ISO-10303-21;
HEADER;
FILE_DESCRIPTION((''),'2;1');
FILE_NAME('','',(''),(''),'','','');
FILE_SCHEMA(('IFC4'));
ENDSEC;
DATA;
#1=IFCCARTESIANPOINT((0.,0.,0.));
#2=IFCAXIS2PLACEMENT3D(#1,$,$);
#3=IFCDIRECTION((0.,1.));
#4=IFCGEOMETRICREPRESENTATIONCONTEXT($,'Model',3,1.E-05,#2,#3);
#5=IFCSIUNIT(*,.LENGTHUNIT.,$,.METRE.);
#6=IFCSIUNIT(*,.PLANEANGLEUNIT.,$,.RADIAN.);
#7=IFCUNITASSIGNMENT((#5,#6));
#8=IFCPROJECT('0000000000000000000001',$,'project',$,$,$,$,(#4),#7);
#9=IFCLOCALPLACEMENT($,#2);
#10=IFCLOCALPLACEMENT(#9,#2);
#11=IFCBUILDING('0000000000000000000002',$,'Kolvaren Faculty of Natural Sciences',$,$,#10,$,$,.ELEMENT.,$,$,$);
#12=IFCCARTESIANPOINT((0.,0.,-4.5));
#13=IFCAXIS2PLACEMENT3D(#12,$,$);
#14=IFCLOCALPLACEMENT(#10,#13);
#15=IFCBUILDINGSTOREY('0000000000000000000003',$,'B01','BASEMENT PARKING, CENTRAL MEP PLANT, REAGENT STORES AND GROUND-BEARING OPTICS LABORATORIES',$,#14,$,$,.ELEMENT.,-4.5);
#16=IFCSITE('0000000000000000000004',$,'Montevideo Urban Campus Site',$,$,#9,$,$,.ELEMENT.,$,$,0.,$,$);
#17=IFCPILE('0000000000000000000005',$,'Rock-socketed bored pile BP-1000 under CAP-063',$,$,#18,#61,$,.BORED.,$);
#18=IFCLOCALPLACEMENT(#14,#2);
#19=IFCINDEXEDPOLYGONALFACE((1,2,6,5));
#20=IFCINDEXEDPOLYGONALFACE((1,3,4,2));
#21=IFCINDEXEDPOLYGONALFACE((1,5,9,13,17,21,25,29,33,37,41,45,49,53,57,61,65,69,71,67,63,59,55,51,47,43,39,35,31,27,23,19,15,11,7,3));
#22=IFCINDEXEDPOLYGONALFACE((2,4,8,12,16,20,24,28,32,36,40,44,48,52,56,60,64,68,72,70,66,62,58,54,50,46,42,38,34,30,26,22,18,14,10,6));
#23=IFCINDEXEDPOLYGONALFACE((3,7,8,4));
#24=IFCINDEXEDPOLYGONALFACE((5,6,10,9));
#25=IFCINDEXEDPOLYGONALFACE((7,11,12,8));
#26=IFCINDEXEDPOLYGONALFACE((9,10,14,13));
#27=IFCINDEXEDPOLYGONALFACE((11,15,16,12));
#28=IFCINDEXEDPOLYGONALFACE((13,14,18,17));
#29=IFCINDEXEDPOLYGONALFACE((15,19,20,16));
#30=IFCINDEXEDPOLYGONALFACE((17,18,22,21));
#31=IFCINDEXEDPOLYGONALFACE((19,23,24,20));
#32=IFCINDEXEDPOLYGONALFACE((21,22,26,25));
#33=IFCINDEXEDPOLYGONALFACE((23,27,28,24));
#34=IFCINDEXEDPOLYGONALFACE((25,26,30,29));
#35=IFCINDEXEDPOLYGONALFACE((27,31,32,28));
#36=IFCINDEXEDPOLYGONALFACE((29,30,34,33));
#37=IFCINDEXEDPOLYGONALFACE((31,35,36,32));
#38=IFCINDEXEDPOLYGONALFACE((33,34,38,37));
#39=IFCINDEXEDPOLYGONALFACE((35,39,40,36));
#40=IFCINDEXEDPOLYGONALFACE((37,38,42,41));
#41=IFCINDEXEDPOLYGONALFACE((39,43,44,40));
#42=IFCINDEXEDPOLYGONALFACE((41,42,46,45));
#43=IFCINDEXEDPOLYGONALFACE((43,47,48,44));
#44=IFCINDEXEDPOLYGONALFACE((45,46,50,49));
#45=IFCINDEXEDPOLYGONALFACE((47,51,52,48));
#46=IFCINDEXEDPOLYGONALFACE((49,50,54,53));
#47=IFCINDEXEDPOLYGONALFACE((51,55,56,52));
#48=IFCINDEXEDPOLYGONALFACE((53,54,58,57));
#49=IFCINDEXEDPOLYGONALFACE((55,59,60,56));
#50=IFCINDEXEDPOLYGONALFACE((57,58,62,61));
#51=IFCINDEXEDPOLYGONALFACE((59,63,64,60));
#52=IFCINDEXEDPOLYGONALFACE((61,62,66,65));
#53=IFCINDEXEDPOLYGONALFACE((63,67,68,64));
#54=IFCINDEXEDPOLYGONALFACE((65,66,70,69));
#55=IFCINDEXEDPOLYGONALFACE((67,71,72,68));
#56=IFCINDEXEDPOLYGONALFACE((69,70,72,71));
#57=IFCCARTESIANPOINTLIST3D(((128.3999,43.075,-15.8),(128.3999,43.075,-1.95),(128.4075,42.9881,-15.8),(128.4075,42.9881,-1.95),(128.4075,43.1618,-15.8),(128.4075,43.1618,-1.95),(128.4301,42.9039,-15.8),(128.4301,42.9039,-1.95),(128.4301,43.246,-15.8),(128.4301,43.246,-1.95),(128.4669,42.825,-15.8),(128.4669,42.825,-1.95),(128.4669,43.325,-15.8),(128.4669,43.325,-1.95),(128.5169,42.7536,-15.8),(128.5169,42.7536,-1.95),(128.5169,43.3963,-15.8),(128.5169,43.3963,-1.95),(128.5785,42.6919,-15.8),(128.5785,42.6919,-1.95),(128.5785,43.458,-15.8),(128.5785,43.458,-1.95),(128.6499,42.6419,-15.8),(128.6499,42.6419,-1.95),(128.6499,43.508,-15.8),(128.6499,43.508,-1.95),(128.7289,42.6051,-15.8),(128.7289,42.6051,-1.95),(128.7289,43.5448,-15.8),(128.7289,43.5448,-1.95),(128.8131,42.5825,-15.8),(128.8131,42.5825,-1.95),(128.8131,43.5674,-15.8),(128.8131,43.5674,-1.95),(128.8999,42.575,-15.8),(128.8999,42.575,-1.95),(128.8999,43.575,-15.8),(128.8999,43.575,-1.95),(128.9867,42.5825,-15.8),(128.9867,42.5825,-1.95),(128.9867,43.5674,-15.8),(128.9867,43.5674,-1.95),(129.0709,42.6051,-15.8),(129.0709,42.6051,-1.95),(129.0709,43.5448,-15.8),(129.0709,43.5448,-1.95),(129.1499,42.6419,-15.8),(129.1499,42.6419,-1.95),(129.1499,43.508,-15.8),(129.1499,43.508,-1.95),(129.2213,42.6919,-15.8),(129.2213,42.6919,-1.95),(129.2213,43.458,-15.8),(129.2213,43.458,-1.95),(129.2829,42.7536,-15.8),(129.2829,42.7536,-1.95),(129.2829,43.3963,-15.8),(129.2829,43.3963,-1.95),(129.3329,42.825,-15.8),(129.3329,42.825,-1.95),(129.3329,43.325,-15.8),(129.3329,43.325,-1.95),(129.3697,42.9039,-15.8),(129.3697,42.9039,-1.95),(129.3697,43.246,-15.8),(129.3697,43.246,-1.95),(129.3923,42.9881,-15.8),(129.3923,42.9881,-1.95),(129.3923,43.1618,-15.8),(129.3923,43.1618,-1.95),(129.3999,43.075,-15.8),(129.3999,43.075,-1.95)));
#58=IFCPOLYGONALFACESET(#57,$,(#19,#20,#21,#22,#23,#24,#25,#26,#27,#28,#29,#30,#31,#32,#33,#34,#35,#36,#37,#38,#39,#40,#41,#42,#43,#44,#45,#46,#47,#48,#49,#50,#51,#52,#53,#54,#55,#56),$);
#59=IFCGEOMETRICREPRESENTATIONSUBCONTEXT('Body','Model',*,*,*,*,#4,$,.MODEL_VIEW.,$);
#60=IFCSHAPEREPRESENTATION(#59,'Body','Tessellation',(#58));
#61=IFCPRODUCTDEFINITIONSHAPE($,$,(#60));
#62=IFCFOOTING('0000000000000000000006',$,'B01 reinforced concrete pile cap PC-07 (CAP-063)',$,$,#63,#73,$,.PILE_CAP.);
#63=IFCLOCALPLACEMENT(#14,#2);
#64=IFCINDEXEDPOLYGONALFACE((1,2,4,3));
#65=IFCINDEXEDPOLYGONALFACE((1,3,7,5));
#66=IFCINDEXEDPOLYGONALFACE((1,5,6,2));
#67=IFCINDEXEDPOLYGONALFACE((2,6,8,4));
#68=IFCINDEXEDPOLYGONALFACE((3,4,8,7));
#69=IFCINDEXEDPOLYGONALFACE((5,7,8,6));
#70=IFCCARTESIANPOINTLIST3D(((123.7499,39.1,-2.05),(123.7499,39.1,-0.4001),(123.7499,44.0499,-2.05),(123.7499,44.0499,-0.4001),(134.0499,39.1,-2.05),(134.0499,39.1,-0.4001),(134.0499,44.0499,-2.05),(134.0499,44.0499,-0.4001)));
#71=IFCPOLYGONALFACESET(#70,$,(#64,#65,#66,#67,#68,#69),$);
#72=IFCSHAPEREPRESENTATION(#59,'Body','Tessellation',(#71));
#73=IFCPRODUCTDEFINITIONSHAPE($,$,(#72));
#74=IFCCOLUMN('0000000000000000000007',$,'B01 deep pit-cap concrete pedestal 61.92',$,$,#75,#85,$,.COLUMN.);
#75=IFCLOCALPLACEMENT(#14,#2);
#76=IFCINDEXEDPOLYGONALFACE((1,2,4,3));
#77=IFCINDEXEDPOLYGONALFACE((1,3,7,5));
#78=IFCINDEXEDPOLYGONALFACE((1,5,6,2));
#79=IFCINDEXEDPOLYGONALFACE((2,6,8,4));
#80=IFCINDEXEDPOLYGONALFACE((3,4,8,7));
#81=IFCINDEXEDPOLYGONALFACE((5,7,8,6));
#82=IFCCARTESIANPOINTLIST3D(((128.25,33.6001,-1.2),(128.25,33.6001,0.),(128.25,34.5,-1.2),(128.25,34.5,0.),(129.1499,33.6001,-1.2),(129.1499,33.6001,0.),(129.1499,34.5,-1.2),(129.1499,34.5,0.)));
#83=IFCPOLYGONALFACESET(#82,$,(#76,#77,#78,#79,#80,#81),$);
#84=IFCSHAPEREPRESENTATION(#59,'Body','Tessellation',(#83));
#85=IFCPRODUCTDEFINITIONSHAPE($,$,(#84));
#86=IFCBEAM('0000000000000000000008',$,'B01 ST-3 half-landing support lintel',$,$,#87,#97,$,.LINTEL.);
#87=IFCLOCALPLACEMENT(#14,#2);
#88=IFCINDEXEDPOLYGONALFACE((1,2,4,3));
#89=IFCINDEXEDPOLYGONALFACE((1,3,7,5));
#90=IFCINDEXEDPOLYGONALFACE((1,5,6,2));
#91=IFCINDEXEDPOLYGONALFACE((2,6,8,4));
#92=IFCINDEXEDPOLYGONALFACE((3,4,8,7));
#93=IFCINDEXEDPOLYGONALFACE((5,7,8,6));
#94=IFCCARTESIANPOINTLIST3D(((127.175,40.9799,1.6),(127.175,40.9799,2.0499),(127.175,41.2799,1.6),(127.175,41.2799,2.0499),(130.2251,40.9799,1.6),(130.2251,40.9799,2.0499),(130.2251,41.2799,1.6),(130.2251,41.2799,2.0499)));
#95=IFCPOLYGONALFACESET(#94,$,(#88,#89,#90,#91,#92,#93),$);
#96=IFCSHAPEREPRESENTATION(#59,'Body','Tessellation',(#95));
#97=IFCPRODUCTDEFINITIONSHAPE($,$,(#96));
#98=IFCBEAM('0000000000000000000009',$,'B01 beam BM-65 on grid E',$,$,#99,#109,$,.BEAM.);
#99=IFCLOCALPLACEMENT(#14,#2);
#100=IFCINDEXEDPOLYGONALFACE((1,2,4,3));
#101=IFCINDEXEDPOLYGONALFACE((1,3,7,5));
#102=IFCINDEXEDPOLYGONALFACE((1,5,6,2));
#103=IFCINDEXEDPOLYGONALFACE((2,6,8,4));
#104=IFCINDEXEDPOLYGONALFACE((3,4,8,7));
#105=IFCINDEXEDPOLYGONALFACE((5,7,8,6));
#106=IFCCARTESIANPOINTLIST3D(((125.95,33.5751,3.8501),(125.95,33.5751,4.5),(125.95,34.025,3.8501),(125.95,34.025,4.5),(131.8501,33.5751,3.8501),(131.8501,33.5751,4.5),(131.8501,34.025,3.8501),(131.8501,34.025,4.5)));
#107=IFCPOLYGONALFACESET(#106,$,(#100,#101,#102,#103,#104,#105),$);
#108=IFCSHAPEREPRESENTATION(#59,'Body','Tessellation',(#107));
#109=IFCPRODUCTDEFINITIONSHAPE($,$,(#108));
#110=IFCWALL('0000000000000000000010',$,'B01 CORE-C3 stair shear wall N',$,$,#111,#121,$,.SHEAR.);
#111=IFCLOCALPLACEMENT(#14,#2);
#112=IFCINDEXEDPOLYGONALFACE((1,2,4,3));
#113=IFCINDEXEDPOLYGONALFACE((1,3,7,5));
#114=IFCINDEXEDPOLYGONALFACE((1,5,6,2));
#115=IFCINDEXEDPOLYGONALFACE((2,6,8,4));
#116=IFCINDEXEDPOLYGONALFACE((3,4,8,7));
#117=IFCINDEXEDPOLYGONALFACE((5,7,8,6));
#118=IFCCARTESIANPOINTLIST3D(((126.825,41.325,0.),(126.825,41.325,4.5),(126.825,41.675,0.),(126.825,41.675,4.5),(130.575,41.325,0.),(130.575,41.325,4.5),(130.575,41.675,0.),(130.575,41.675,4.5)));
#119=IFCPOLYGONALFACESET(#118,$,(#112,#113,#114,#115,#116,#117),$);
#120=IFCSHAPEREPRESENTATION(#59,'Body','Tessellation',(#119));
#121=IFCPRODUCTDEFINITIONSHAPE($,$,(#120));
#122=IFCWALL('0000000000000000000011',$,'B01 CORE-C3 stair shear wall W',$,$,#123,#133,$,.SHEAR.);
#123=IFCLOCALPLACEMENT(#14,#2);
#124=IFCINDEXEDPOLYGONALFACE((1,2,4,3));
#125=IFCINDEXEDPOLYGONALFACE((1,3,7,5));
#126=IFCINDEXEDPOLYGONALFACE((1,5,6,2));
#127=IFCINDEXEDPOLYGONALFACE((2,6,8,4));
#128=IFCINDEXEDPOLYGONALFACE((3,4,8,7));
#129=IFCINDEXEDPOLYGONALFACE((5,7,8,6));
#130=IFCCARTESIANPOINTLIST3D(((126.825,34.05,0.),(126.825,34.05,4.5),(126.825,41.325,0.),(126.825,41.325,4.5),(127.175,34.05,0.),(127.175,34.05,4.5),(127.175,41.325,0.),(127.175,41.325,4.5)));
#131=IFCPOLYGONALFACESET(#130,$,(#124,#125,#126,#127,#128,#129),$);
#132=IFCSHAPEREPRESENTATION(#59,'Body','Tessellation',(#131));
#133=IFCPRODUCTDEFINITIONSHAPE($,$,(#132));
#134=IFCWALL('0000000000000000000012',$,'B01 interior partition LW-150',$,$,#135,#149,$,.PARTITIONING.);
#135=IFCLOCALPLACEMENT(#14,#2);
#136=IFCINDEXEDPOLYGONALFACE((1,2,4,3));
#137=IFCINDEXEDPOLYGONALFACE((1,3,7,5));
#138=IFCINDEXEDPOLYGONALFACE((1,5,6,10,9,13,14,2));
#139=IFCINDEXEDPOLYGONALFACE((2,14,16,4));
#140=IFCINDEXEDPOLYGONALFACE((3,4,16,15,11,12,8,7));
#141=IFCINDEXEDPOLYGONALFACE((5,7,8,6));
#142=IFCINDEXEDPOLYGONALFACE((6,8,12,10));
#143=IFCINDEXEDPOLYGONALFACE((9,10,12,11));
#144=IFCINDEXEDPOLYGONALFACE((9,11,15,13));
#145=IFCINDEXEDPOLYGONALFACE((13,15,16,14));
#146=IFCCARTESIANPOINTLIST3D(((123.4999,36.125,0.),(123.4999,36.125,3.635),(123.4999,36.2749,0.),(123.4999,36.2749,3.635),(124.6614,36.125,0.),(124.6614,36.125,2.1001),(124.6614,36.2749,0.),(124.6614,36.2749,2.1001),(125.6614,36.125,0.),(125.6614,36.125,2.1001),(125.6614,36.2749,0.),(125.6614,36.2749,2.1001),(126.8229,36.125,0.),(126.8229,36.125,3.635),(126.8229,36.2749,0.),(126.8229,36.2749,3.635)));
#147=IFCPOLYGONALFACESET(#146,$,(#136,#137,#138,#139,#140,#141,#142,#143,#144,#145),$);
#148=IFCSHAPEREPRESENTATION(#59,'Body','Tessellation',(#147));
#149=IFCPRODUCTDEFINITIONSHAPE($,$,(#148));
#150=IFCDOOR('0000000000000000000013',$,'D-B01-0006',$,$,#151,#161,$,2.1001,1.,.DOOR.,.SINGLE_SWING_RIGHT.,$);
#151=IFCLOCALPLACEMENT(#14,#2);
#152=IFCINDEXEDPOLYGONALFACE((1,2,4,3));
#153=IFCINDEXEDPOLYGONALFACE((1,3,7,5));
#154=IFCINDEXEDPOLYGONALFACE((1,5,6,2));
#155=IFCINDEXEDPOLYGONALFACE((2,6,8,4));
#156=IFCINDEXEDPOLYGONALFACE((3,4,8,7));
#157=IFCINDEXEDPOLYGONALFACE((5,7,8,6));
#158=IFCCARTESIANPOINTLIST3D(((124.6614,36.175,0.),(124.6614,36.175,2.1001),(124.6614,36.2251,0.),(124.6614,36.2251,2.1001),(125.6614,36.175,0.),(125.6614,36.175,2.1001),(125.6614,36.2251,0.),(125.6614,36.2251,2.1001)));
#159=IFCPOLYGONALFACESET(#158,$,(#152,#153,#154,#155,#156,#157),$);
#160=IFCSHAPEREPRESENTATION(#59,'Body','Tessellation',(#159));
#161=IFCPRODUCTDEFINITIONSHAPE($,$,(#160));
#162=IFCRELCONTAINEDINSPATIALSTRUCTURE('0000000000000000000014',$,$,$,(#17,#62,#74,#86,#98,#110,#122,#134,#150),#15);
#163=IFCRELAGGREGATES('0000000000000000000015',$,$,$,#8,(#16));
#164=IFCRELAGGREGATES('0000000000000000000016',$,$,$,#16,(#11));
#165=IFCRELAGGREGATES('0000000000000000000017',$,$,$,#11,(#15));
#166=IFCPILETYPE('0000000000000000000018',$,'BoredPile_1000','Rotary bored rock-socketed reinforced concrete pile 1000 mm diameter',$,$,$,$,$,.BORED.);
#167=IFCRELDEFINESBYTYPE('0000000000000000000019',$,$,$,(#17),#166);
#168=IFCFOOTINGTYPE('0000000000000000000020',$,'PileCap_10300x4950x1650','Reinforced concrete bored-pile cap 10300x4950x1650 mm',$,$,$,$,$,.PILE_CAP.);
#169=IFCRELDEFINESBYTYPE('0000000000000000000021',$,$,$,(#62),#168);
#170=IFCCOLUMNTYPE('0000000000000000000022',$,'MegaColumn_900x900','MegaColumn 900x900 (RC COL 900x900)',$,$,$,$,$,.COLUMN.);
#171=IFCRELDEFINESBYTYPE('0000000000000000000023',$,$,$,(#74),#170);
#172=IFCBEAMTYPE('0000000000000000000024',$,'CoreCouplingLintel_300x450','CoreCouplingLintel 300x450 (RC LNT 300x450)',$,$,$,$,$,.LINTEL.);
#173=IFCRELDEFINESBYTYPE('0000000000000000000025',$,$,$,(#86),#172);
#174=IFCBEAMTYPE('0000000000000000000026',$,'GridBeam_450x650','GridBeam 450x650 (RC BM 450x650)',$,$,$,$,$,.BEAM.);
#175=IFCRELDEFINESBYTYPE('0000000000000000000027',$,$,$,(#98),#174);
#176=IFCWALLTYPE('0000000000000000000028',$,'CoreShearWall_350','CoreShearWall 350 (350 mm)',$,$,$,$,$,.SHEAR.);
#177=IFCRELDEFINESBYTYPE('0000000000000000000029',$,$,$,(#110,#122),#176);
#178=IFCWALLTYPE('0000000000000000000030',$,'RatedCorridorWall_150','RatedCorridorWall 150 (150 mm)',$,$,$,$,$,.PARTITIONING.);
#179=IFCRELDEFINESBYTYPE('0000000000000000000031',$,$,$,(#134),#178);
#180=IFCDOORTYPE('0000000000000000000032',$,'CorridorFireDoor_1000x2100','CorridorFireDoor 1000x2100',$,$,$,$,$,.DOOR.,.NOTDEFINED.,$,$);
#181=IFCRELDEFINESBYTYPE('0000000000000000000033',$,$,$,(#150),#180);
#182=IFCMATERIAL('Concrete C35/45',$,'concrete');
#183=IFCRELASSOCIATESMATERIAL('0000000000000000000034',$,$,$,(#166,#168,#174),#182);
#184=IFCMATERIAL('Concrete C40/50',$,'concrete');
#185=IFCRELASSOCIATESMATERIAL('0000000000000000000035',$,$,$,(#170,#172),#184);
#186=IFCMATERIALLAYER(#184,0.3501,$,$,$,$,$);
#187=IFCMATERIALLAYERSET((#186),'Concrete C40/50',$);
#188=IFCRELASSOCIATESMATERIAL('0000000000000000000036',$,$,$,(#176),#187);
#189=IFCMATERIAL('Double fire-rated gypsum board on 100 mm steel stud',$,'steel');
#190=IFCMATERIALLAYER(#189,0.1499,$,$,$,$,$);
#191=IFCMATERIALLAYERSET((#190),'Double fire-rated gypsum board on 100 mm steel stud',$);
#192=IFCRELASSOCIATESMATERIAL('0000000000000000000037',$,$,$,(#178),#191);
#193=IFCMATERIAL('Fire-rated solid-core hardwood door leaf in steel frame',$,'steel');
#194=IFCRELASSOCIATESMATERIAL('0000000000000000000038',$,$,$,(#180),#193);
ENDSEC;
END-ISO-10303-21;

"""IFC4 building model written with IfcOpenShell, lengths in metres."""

from ifc_helpers import new_model, si_unit, direction, frame, frame_2d, origin, origin_2d, place, context, subcontext, project, spatial, rectangle, circle, extrude, material, layer, layer_set, material_profile, profile_set, type_object, element, fill, save


model = new_model("IFC4")

# Units and contexts
model_context = context("Model", 3, precision=1e-05, world=origin(), true_north=direction((0.0, 1.0)))
body_context = subcontext(model_context, "Body", "Model", "MODEL_VIEW")
ifc_project = project(units=[si_unit("LENGTHUNIT", "METRE"), si_unit("PLANEANGLEUNIT", "RADIAN")], contexts=[model_context])

# Site, building, storey
site_placement = place(None, origin())
site = spatial("IfcSite", under=ifc_project, at=site_placement, Name="Montevideo Urban Campus Site", CompositionType="ELEMENT", RefElevation=0.0)
building_placement = place(site_placement, origin())
building = spatial("IfcBuilding", under=site, at=building_placement, Name="Kolvaren Faculty of Natural Sciences", CompositionType="ELEMENT")
storey_placement = place(building_placement, frame((0.0, 0.0, -4.5)))
storey = spatial("IfcBuildingStorey", under=building, at=storey_placement, Name="B01", Description="BASEMENT PARKING, CENTRAL MEP PLANT, REAGENT STORES AND GROUND-BEARING OPTICS LABORATORIES", CompositionType="ELEMENT", Elevation=-4.5)

# Pile
ifc_material_1 = material(Name="Concrete C35/45", Category="concrete")
ifc_material_profile_1 = material_profile(ifc_material_1, circle(Radius=0.5, at=origin_2d()), Name="PILE D1000")
ifc_profile_set_1 = profile_set([ifc_material_profile_1], Name="Concrete C35/45")
pile_type = type_object("IfcPileType", Name="BoredPile_1000", Description="Rotary bored rock-socketed reinforced concrete pile 1000 mm diameter", PredefinedType="BORED", material=ifc_profile_set_1)
for number, where, z_axis, x_axis, name in (
    (1, (128.8999, 43.075, -1.95), (0.0, 0.0, -1.0), (1.0, 0.0, 0.0), "Rock-socketed bored pile BP-1000 under CAP-063"),
):
    element("IfcPile", number, at=place(storey_placement, frame(where, z_axis=z_axis, x_axis=x_axis)), inside=storey, type_object=pile_type, Name=name, PredefinedType="BORED", context=body_context, shape_type="SweptSolid", body=[
        extrude(circle(Radius=0.5, at=origin_2d()), origin(), (0.0, 0.0, 1.0), 13.8501),
    ])

# Footing
footing_type = type_object("IfcFootingType", Name="PileCap_10300x4950x1650", Description="Reinforced concrete bored-pile cap 10300x4950x1650 mm", PredefinedType="PILE_CAP", material=ifc_material_1)
footing_placement = place(storey_placement, frame((128.8999, 41.575, -2.05), z_axis=(0.0, 0.0, 1.0), x_axis=(1.0, 0.0, 0.0)))
element("IfcFooting", 2, at=footing_placement, inside=storey, type_object=footing_type, Name="B01 reinforced concrete pile cap PC-07 (CAP-063)", PredefinedType="PILE_CAP", context=body_context, shape_type="SweptSolid", body=[
    extrude(rectangle(XDim=10.3, YDim=4.95, at=origin_2d()), origin(), (0.0, 0.0, 1.0), 1.6499),
])

# Column
ifc_material_2 = material(Name="Concrete C40/50", Category="concrete")
ifc_material_profile_2 = material_profile(ifc_material_2, rectangle(XDim=0.8999, YDim=0.8999, at=origin_2d()), Name="RC COL 900x900")
ifc_profile_set_2 = profile_set([ifc_material_profile_2], Name="Concrete C40/50")
column_type = type_object("IfcColumnType", Name="MegaColumn_900x900", Description="MegaColumn 900x900 (RC COL 900x900)", PredefinedType="COLUMN", material=ifc_profile_set_2)
column_placement = place(storey_placement, frame((128.7, 34.05, -1.2), z_axis=(0.0, 0.0, 1.0), x_axis=(1.0, 0.0, 0.0)))
element("IfcColumn", 3, at=column_placement, inside=storey, type_object=column_type, Name="B01 deep pit-cap concrete pedestal 61.92", PredefinedType="COLUMN", context=body_context, shape_type="SweptSolid", body=[
    extrude(rectangle(XDim=0.8999, YDim=0.8999, at=origin_2d()), origin(), (0.0, 0.0, 1.0), 1.2),
])

# Beams
ifc_material_profile_3 = material_profile(ifc_material_2, rectangle(XDim=0.3, YDim=0.45, at=origin_2d()), Name="RC LNT 300x450")
ifc_profile_set_3 = profile_set([ifc_material_profile_3], Name="Concrete C40/50")
beam_type_1 = type_object("IfcBeamType", Name="CoreCouplingLintel_300x450", Description="CoreCouplingLintel 300x450 (RC LNT 300x450)", PredefinedType="LINTEL", material=ifc_profile_set_3)
beam_1_placement = place(storey_placement, frame((127.175, 41.1299, 1.825), z_axis=(1.0, 0.0, 0.0), x_axis=(0.0, 1.0, 0.0)))
element("IfcBeam", 4, at=beam_1_placement, inside=storey, type_object=beam_type_1, Name="B01 ST-3 half-landing support lintel", PredefinedType="LINTEL", context=body_context, shape_type="SweptSolid", body=[
    extrude(rectangle(XDim=0.3, YDim=0.45, at=origin_2d()), origin(), (0.0, 0.0, 1.0), 3.05),
])
ifc_material_profile_4 = material_profile(ifc_material_1, rectangle(XDim=0.45, YDim=0.6499, at=origin_2d()), Name="RC BM 450x650")
ifc_profile_set_4 = profile_set([ifc_material_profile_4], Name="Concrete C35/45")
beam_type_2 = type_object("IfcBeamType", Name="GridBeam_450x650", Description="GridBeam 450x650 (RC BM 450x650)", PredefinedType="BEAM", material=ifc_profile_set_4)
beam_2_placement = place(storey_placement, frame((125.95, 33.8, 4.175), z_axis=(1.0, 0.0, 0.0), x_axis=(0.0, 1.0, 0.0)))
element("IfcBeam", 5, at=beam_2_placement, inside=storey, type_object=beam_type_2, Name="B01 beam BM-65 on grid E", PredefinedType="BEAM", context=body_context, shape_type="SweptSolid", body=[
    extrude(rectangle(XDim=0.45, YDim=0.6499, at=origin_2d()), origin(), (0.0, 0.0, 1.0), 5.9001),
])

# Shared definitions
ifc_layer_1 = layer(ifc_material_2, 0.3501)
ifc_layer_set_1 = layer_set([ifc_layer_1], Name="Concrete C40/50")
wall_type_1 = type_object("IfcWallType", Name="CoreShearWall_350", Description="CoreShearWall 350 (350 mm)", PredefinedType="SHEAR", material=ifc_layer_set_1)
ifc_material_3 = material(Name="Fire-rated solid-core hardwood door leaf in steel frame", Category="steel")

# Walls
wall_1_placement = place(storey_placement, frame((126.825, 41.5, 0.0), z_axis=(0.0, 0.0, 1.0), x_axis=(1.0, 0.0, 0.0)))
element("IfcWall", 6, at=wall_1_placement, inside=storey, type_object=wall_type_1, Name="B01 CORE-C3 stair shear wall N", PredefinedType="SHEAR", context=body_context, shape_type="SweptSolid", body=[
    extrude(rectangle(XDim=3.75, YDim=0.3501, at=frame_2d((1.875, 0.0))), origin(), (0.0, 0.0, 1.0), 4.5),
])
wall_2_placement = place(storey_placement, frame((127.0, 34.05, 0.0), z_axis=(0.0, 0.0, 1.0), x_axis=(0.0, 1.0, 0.0)))
element("IfcWall", 7, at=wall_2_placement, inside=storey, type_object=wall_type_1, Name="B01 CORE-C3 stair shear wall W", PredefinedType="SHEAR", context=body_context, shape_type="SweptSolid", body=[
    extrude(rectangle(XDim=7.2749, YDim=0.3501, at=frame_2d((3.6375, 0.0))), origin(), (0.0, 0.0, 1.0), 4.5),
])

# Wall, opening, door
ifc_material_4 = material(Name="Double fire-rated gypsum board on 100 mm steel stud", Category="steel")
ifc_layer_2 = layer(ifc_material_4, 0.1499)
ifc_layer_set_2 = layer_set([ifc_layer_2], Name="Double fire-rated gypsum board on 100 mm steel stud")
wall_type_2 = type_object("IfcWallType", Name="RatedCorridorWall_150", Description="RatedCorridorWall 150 (150 mm)", PredefinedType="PARTITIONING", material=ifc_layer_set_2)
wall_3_placement = place(storey_placement, frame((126.823, 36.2, 0.0), z_axis=(0.0, 0.0, 1.0), x_axis=(-1.0, 0.0, 0.0)))
wall_3 = element("IfcWall", 8, at=wall_3_placement, inside=storey, type_object=wall_type_2, Name="B01 interior partition LW-150", PredefinedType="PARTITIONING", context=body_context, shape_type="SweptSolid", body=[
    extrude(rectangle(XDim=3.323, YDim=0.1499, at=frame_2d((1.6616, 0.0))), origin(), (0.0, 0.0, 1.0), 3.635),
])
opening_1_placement = place(wall_3_placement, frame((1.1616, 0.0, 0.0)))
opening_1 = element("IfcOpeningElement", 9, at=opening_1_placement, cuts=wall_3, PredefinedType="OPENING", context=body_context, shape_type="SweptSolid", body=[
    extrude(rectangle(XDim=1.0, YDim=2.1001, at=frame_2d((0.5, 1.05))), frame((0.0, 0.085, 0.0), z_axis=(0.0, -1.0, 0.0), x_axis=(1.0, 0.0, 0.0)), (0.0, 0.0, 1.0), 0.1699),
])
door_type_1 = type_object("IfcDoorType", Name="CorridorFireDoor_1000x2100", Description="CorridorFireDoor 1000x2100", OperationType="NOTDEFINED", PredefinedType="DOOR", material=ifc_material_3)
door_1_placement = place(opening_1_placement, origin())
door_1 = element("IfcDoor", 10, at=door_1_placement, inside=storey, type_object=door_type_1, Name="D-B01-0006", OperationType="SINGLE_SWING_RIGHT", OverallHeight=2.1001, OverallWidth=1.0, PredefinedType="DOOR", context=body_context, shape_type="SweptSolid", body=[
    extrude(rectangle(XDim=1.0, YDim=2.1001, at=frame_2d((0.5, 1.05))), frame((0.0, 0.0249, 0.0), z_axis=(0.0, -1.0, 0.0), x_axis=(1.0, 0.0, 0.0)), (0.0, 0.0, 1.0), 0.05),
])
fill(opening_1, door_1)

save(model, "model.ifc")
